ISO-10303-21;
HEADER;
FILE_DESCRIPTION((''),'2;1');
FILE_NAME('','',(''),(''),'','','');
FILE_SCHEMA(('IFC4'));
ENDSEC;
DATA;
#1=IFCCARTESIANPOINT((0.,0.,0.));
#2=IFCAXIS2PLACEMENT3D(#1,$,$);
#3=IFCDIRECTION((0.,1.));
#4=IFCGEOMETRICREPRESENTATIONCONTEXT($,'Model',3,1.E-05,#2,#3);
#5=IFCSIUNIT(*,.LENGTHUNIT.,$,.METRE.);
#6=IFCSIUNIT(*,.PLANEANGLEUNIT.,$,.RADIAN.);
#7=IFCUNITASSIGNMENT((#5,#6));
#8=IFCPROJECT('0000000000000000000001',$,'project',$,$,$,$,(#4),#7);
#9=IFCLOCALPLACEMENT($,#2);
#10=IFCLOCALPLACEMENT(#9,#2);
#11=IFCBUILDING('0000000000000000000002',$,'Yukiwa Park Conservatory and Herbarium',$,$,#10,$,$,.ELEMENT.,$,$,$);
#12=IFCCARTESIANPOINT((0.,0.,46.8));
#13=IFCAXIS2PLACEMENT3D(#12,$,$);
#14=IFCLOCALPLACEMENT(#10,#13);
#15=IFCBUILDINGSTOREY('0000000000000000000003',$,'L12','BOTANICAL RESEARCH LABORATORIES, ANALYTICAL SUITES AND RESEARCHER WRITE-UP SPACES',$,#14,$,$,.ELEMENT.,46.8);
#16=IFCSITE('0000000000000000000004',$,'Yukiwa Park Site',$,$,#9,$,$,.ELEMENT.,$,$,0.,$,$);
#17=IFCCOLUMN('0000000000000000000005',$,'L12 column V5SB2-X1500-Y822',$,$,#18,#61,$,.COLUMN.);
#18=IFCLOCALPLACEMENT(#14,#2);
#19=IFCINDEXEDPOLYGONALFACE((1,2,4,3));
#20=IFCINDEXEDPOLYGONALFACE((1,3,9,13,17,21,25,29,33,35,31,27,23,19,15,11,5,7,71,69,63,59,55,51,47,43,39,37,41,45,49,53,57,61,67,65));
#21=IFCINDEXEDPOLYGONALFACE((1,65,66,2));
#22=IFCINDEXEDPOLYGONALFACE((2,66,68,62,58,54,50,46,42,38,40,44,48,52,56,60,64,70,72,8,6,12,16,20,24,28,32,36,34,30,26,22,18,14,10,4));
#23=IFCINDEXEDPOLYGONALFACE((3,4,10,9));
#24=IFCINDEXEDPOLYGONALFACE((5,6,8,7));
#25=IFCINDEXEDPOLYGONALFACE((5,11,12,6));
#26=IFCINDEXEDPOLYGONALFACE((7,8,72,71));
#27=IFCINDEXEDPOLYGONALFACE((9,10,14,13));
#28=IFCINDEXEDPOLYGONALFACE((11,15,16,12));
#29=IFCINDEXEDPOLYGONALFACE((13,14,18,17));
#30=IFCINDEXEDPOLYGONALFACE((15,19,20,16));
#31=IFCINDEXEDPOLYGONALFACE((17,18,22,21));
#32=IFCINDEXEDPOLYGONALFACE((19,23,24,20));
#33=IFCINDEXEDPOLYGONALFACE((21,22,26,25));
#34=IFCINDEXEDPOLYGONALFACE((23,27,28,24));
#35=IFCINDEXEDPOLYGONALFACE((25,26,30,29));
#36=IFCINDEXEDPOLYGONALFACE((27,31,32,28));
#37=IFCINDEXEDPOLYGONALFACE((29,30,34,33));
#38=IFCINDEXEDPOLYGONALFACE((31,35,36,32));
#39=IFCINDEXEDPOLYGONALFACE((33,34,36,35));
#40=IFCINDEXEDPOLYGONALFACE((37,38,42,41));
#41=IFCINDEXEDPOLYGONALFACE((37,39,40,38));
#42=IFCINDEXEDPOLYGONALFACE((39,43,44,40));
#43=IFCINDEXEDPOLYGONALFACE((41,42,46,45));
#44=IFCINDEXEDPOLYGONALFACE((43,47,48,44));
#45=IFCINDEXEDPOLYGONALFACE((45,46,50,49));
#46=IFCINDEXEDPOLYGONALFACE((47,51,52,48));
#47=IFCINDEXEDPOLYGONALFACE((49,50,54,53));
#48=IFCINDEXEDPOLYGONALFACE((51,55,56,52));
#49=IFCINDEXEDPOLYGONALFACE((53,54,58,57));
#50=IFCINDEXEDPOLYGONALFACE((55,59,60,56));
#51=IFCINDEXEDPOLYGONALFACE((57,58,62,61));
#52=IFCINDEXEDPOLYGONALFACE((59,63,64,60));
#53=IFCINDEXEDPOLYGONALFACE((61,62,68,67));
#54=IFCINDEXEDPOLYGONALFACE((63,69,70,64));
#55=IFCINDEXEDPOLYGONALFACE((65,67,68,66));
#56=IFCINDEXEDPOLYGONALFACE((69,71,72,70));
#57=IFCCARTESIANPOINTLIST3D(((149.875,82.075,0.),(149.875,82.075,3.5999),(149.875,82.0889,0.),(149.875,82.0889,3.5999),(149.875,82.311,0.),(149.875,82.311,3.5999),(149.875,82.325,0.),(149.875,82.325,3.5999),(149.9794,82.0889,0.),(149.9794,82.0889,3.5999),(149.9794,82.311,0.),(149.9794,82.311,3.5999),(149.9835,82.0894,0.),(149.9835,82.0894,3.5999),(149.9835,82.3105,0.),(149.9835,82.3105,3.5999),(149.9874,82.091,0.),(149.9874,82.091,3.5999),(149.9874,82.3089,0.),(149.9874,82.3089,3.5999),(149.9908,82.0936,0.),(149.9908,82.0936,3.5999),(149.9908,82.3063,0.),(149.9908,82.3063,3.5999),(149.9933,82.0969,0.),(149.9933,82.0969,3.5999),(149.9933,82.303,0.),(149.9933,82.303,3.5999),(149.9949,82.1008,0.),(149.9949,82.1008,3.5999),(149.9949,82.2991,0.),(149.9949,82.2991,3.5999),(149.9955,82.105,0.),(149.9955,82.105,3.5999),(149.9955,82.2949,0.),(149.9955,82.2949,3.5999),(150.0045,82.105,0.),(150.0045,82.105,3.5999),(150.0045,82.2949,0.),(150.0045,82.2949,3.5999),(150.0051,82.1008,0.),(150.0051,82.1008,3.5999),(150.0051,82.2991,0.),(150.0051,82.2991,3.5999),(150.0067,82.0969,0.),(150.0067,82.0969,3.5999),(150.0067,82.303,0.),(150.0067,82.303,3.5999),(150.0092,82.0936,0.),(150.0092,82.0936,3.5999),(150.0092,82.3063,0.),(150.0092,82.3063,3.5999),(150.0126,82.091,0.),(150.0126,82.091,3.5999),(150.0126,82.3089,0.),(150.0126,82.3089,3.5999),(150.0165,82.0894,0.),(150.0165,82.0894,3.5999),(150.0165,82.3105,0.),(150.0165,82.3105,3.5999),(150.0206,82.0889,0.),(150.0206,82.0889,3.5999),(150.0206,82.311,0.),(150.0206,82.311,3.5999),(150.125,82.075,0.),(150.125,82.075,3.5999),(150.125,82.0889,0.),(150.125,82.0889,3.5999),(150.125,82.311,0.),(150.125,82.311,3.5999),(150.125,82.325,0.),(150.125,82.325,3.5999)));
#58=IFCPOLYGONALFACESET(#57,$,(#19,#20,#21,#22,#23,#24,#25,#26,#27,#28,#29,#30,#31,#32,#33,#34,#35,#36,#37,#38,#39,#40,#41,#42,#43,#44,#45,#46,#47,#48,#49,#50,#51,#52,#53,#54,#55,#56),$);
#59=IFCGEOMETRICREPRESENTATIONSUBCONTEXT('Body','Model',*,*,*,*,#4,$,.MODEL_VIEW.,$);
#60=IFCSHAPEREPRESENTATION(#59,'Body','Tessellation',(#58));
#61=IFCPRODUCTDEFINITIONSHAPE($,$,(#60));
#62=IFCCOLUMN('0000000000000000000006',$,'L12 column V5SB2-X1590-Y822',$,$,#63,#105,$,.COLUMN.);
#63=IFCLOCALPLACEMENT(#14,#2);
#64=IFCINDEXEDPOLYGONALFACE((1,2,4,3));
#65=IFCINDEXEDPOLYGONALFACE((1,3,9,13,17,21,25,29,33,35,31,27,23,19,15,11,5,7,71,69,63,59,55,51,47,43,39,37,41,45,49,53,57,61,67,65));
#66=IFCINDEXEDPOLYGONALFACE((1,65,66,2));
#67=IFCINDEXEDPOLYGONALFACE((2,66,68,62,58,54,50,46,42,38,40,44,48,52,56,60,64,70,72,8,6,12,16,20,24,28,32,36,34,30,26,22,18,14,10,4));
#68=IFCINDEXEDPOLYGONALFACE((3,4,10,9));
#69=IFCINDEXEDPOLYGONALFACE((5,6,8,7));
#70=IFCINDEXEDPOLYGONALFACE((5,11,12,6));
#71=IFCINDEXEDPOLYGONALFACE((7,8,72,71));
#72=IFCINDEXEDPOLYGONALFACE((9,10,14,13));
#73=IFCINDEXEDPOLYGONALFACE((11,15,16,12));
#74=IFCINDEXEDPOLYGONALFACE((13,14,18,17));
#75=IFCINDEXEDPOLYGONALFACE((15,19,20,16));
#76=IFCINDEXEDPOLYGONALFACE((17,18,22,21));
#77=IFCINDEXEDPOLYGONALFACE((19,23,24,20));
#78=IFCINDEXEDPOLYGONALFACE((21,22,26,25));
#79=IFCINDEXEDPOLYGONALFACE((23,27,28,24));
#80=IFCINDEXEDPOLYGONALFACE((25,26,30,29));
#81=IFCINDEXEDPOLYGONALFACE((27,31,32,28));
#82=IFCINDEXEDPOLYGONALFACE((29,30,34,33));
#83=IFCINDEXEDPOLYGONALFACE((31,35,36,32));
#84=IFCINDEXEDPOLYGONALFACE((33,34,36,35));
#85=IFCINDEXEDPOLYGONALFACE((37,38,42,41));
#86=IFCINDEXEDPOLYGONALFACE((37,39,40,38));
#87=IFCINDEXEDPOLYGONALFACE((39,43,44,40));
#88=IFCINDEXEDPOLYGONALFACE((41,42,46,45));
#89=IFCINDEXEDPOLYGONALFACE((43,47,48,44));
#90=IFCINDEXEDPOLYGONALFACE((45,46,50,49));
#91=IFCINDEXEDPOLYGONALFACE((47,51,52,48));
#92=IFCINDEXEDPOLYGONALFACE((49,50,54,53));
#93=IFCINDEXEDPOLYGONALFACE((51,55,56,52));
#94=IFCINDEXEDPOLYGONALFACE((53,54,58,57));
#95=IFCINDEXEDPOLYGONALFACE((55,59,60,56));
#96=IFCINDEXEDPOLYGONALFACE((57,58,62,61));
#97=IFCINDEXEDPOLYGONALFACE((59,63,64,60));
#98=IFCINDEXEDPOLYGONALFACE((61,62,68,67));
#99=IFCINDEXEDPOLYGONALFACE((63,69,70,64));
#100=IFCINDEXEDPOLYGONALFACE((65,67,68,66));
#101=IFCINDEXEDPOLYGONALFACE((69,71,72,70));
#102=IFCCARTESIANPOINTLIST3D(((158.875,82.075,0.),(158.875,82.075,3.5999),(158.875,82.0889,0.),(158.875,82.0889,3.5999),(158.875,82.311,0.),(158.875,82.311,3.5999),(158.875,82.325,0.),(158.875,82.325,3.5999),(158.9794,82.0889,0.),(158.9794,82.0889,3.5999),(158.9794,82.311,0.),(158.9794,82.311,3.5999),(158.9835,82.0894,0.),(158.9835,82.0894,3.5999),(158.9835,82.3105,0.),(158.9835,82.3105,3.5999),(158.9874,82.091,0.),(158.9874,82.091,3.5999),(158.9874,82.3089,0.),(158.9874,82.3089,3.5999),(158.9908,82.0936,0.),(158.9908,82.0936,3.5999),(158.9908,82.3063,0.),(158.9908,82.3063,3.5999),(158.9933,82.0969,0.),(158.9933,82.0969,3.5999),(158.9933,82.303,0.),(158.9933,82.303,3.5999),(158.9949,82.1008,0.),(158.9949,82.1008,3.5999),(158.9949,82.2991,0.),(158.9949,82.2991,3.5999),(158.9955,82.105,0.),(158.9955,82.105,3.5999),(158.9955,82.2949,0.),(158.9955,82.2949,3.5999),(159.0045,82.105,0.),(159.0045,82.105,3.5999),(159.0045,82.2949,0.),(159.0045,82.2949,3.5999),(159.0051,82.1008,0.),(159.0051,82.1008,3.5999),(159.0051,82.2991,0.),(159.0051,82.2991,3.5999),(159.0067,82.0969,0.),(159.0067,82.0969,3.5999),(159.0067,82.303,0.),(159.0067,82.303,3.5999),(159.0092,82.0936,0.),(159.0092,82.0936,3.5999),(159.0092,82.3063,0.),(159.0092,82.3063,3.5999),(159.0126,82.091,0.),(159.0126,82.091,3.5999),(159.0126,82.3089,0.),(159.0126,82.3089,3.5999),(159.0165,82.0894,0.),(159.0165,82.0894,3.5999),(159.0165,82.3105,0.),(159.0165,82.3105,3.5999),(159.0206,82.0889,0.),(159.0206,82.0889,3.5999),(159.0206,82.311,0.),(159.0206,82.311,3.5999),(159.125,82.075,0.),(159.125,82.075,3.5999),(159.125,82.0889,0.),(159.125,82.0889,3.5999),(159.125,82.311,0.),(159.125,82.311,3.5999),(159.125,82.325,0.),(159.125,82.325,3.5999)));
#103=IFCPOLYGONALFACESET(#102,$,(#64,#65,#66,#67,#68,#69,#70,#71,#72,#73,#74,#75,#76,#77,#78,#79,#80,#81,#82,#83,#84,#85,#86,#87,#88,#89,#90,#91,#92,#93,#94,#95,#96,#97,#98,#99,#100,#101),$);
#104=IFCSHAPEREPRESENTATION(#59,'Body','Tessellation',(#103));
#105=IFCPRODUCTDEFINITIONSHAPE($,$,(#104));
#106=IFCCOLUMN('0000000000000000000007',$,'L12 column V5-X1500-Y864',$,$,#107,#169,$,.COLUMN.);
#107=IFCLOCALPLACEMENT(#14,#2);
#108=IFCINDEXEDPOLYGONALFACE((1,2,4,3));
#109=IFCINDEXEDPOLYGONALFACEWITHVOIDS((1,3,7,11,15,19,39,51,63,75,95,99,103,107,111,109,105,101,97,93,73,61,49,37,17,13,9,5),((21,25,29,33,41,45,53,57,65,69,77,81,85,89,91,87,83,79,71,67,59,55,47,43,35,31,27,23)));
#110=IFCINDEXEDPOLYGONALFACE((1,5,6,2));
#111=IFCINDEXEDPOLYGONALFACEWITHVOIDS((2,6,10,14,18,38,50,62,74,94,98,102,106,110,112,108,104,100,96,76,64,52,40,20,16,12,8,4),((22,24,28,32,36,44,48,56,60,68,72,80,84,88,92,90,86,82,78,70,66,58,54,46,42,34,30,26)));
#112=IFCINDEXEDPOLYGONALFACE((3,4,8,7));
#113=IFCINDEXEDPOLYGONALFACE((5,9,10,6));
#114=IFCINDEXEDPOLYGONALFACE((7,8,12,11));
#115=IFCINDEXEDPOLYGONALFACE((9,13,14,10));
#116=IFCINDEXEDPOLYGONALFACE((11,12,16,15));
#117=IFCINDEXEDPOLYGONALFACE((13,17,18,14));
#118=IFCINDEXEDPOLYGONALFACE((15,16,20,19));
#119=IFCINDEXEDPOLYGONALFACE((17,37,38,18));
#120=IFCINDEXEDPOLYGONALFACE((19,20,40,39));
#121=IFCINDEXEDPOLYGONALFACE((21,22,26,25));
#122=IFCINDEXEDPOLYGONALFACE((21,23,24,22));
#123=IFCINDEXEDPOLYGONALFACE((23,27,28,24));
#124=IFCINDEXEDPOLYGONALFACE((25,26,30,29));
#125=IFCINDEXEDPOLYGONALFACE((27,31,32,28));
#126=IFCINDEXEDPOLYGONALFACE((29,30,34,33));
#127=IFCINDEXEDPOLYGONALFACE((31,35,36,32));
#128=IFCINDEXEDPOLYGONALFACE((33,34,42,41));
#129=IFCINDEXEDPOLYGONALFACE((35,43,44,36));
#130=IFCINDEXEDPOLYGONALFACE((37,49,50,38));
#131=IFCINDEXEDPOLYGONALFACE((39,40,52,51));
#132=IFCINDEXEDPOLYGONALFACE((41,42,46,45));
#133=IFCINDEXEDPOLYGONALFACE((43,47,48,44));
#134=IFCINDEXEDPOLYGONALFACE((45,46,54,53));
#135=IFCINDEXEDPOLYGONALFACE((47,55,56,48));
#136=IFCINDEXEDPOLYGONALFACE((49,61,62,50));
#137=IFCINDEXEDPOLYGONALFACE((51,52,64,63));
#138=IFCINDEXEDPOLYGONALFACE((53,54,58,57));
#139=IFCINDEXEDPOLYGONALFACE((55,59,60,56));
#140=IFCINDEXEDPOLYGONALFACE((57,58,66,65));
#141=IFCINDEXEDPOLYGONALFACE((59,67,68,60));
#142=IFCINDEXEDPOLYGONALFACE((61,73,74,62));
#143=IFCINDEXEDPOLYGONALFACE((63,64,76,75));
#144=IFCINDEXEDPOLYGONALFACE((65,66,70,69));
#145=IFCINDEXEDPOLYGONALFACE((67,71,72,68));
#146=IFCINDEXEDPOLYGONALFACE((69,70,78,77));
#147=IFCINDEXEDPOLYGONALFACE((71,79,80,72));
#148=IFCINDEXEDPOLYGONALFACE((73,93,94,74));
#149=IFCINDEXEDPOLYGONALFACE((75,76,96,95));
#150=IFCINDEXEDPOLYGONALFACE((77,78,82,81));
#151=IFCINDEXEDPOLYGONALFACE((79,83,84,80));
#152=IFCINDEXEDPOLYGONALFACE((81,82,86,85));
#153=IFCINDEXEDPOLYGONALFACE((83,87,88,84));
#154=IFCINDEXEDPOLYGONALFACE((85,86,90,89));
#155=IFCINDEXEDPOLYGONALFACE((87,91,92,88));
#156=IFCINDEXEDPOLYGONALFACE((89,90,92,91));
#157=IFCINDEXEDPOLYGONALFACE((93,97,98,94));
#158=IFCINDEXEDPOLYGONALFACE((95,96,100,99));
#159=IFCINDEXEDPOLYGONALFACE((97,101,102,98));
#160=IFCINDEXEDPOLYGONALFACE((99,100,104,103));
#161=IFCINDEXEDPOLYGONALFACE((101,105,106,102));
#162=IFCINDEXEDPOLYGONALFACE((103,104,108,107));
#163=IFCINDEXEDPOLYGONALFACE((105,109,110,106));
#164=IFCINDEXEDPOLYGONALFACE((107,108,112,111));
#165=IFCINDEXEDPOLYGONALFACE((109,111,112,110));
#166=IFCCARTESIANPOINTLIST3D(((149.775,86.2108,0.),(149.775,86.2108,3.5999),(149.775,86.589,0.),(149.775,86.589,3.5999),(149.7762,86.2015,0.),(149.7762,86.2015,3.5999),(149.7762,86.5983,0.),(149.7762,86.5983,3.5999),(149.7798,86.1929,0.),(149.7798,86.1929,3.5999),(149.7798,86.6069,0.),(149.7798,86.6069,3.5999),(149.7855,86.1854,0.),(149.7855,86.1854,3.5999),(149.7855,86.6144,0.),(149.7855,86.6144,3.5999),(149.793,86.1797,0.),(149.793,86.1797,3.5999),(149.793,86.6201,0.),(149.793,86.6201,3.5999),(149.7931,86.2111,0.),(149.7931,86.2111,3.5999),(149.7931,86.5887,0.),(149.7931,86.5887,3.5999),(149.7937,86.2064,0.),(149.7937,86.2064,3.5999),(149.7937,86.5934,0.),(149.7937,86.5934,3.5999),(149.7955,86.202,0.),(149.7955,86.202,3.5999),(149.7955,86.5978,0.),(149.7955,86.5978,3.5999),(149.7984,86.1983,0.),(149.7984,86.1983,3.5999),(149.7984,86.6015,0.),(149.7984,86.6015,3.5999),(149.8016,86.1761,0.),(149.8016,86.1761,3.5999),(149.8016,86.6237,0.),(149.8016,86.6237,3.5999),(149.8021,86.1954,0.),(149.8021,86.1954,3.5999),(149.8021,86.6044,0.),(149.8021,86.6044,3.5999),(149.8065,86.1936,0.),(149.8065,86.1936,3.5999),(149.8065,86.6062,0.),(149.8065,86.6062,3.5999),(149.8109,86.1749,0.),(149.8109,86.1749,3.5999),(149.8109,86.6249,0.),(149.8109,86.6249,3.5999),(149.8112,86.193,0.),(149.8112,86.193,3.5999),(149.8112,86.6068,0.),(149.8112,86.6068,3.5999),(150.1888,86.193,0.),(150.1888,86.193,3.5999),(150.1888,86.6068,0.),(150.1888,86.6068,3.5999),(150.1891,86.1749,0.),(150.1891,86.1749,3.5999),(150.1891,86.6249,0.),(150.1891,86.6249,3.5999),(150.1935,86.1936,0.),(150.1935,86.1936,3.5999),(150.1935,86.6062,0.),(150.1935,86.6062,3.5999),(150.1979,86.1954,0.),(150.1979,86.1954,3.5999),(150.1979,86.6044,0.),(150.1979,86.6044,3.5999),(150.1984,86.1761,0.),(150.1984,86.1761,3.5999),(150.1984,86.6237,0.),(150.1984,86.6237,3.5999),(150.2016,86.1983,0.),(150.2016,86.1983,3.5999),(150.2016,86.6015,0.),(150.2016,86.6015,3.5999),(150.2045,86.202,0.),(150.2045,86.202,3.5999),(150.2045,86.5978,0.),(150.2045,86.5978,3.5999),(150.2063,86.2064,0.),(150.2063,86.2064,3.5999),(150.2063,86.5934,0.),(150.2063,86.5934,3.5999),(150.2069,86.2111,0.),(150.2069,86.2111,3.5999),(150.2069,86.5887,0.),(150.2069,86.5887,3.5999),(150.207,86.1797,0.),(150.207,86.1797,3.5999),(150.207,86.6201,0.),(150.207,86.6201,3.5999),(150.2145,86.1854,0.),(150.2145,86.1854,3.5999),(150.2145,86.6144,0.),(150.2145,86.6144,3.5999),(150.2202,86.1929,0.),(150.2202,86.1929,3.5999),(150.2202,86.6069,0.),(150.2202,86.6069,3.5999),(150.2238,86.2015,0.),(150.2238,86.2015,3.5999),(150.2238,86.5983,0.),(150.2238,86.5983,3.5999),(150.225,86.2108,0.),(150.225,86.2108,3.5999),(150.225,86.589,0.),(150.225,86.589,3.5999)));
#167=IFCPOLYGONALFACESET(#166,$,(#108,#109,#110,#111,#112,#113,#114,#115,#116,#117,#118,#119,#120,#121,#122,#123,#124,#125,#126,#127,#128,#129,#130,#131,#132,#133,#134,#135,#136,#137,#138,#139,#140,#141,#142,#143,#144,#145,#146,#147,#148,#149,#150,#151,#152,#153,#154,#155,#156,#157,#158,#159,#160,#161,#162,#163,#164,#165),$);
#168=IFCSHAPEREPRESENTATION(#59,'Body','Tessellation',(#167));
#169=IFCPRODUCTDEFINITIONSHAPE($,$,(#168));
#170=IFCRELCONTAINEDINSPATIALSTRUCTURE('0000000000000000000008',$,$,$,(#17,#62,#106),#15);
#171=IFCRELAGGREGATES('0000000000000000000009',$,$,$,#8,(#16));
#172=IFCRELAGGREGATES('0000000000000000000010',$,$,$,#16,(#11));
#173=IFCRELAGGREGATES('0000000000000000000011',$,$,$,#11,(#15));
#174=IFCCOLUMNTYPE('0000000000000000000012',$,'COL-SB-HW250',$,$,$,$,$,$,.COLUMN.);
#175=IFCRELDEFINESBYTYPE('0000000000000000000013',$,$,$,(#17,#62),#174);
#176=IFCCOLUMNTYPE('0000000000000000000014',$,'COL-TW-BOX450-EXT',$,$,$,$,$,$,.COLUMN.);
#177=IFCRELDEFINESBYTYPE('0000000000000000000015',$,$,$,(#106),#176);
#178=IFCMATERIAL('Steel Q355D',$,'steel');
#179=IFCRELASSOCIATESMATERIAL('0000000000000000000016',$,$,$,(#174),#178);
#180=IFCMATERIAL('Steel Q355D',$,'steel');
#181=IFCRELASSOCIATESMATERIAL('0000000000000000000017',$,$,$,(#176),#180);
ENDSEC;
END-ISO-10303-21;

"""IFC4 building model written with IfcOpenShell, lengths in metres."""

from ifc_helpers import new_model, si_unit, direction, frame, origin, origin_2d, place, context, subcontext, project, spatial, hollow_rectangle, i_section, extrude, material, material_profile, profile_set, type_object, element, save


model = new_model("IFC4")

# Units and contexts
model_context = context("Model", 3, precision=1e-05, world=origin(), true_north=direction((0.0, 1.0)))
body_context = subcontext(model_context, "Body", "Model", "MODEL_VIEW")
ifc_project = project(units=[si_unit("LENGTHUNIT", "METRE"), si_unit("PLANEANGLEUNIT", "RADIAN")], contexts=[model_context])

# Site, building, storey
site_placement = place(None, origin())
site = spatial("IfcSite", under=ifc_project, at=site_placement, Name="Yukiwa Park Site", CompositionType="ELEMENT", RefElevation=0.0)
building_placement = place(site_placement, origin())
building = spatial("IfcBuilding", under=site, at=building_placement, Name="Yukiwa Park Conservatory and Herbarium", CompositionType="ELEMENT")
storey_placement = place(building_placement, frame((0.0, 0.0, 46.8)))
storey = spatial("IfcBuildingStorey", under=building, at=storey_placement, Name="L12", Description="BOTANICAL RESEARCH LABORATORIES, ANALYTICAL SUITES AND RESEARCHER WRITE-UP SPACES", CompositionType="ELEMENT", Elevation=46.8)

# Columns
ifc_material_1 = material(Name="Steel Q355D", Category="steel")
ifc_material_profile_1 = material_profile(ifc_material_1, i_section(OverallWidth=0.25, OverallDepth=0.25, WebThickness=0.009, FlangeThickness=0.0139, FilletRadius=0.0161, at=origin_2d()), Name="HW 250x250x9x14")
ifc_profile_set_1 = profile_set([ifc_material_profile_1], Name="Steel Q355D")
column_type_1 = type_object("IfcColumnType", Name="COL-SB-HW250", PredefinedType="COLUMN", material=ifc_profile_set_1)
for number, where, z_axis, x_axis, name in (
    (1, (150.0, 82.2, 0.0), (0.0, 0.0, 1.0), (1.0, 0.0, 0.0), "L12 column V5SB2-X1500-Y822"),
    (2, (159.0, 82.2, 0.0), (0.0, 0.0, 1.0), (1.0, 0.0, 0.0), "L12 column V5SB2-X1590-Y822"),
):
    element("IfcColumn", number, at=place(storey_placement, frame(where, z_axis=z_axis, x_axis=x_axis)), inside=storey, type_object=column_type_1, Name=name, PredefinedType="COLUMN", context=body_context, shape_type="SweptSolid", body=[
        extrude(i_section(OverallWidth=0.25, OverallDepth=0.25, WebThickness=0.009, FlangeThickness=0.0139, FilletRadius=0.0161, at=origin_2d()), origin(), (0.0, 0.0, 1.0), 3.5999),
    ])
ifc_material_2 = material(Name="Steel Q355D", Category="steel")
ifc_material_profile_2 = material_profile(ifc_material_2, hollow_rectangle(XDim=0.45, YDim=0.45, WallThickness=0.0181, InnerFilletRadius=0.0181, OuterFilletRadius=0.0359, at=origin_2d()), Name="BOX 450x450x18")
ifc_profile_set_2 = profile_set([ifc_material_profile_2], Name="Steel Q355D")
column_type_2 = type_object("IfcColumnType", Name="COL-TW-BOX450-EXT", PredefinedType="COLUMN", material=ifc_profile_set_2)
column_1_placement = place(storey_placement, frame((150.0, 86.3999, 0.0), z_axis=(0.0, 0.0, 1.0), x_axis=(1.0, 0.0, 0.0)))
element("IfcColumn", 3, at=column_1_placement, inside=storey, type_object=column_type_2, Name="L12 column V5-X1500-Y864", PredefinedType="COLUMN", context=body_context, shape_type="SweptSolid", body=[
    extrude(hollow_rectangle(XDim=0.45, YDim=0.45, WallThickness=0.0181, InnerFilletRadius=0.0181, OuterFilletRadius=0.0359, at=origin_2d()), origin(), (0.0, 0.0, 1.0), 3.5999),
])

save(model, "model.ifc")
